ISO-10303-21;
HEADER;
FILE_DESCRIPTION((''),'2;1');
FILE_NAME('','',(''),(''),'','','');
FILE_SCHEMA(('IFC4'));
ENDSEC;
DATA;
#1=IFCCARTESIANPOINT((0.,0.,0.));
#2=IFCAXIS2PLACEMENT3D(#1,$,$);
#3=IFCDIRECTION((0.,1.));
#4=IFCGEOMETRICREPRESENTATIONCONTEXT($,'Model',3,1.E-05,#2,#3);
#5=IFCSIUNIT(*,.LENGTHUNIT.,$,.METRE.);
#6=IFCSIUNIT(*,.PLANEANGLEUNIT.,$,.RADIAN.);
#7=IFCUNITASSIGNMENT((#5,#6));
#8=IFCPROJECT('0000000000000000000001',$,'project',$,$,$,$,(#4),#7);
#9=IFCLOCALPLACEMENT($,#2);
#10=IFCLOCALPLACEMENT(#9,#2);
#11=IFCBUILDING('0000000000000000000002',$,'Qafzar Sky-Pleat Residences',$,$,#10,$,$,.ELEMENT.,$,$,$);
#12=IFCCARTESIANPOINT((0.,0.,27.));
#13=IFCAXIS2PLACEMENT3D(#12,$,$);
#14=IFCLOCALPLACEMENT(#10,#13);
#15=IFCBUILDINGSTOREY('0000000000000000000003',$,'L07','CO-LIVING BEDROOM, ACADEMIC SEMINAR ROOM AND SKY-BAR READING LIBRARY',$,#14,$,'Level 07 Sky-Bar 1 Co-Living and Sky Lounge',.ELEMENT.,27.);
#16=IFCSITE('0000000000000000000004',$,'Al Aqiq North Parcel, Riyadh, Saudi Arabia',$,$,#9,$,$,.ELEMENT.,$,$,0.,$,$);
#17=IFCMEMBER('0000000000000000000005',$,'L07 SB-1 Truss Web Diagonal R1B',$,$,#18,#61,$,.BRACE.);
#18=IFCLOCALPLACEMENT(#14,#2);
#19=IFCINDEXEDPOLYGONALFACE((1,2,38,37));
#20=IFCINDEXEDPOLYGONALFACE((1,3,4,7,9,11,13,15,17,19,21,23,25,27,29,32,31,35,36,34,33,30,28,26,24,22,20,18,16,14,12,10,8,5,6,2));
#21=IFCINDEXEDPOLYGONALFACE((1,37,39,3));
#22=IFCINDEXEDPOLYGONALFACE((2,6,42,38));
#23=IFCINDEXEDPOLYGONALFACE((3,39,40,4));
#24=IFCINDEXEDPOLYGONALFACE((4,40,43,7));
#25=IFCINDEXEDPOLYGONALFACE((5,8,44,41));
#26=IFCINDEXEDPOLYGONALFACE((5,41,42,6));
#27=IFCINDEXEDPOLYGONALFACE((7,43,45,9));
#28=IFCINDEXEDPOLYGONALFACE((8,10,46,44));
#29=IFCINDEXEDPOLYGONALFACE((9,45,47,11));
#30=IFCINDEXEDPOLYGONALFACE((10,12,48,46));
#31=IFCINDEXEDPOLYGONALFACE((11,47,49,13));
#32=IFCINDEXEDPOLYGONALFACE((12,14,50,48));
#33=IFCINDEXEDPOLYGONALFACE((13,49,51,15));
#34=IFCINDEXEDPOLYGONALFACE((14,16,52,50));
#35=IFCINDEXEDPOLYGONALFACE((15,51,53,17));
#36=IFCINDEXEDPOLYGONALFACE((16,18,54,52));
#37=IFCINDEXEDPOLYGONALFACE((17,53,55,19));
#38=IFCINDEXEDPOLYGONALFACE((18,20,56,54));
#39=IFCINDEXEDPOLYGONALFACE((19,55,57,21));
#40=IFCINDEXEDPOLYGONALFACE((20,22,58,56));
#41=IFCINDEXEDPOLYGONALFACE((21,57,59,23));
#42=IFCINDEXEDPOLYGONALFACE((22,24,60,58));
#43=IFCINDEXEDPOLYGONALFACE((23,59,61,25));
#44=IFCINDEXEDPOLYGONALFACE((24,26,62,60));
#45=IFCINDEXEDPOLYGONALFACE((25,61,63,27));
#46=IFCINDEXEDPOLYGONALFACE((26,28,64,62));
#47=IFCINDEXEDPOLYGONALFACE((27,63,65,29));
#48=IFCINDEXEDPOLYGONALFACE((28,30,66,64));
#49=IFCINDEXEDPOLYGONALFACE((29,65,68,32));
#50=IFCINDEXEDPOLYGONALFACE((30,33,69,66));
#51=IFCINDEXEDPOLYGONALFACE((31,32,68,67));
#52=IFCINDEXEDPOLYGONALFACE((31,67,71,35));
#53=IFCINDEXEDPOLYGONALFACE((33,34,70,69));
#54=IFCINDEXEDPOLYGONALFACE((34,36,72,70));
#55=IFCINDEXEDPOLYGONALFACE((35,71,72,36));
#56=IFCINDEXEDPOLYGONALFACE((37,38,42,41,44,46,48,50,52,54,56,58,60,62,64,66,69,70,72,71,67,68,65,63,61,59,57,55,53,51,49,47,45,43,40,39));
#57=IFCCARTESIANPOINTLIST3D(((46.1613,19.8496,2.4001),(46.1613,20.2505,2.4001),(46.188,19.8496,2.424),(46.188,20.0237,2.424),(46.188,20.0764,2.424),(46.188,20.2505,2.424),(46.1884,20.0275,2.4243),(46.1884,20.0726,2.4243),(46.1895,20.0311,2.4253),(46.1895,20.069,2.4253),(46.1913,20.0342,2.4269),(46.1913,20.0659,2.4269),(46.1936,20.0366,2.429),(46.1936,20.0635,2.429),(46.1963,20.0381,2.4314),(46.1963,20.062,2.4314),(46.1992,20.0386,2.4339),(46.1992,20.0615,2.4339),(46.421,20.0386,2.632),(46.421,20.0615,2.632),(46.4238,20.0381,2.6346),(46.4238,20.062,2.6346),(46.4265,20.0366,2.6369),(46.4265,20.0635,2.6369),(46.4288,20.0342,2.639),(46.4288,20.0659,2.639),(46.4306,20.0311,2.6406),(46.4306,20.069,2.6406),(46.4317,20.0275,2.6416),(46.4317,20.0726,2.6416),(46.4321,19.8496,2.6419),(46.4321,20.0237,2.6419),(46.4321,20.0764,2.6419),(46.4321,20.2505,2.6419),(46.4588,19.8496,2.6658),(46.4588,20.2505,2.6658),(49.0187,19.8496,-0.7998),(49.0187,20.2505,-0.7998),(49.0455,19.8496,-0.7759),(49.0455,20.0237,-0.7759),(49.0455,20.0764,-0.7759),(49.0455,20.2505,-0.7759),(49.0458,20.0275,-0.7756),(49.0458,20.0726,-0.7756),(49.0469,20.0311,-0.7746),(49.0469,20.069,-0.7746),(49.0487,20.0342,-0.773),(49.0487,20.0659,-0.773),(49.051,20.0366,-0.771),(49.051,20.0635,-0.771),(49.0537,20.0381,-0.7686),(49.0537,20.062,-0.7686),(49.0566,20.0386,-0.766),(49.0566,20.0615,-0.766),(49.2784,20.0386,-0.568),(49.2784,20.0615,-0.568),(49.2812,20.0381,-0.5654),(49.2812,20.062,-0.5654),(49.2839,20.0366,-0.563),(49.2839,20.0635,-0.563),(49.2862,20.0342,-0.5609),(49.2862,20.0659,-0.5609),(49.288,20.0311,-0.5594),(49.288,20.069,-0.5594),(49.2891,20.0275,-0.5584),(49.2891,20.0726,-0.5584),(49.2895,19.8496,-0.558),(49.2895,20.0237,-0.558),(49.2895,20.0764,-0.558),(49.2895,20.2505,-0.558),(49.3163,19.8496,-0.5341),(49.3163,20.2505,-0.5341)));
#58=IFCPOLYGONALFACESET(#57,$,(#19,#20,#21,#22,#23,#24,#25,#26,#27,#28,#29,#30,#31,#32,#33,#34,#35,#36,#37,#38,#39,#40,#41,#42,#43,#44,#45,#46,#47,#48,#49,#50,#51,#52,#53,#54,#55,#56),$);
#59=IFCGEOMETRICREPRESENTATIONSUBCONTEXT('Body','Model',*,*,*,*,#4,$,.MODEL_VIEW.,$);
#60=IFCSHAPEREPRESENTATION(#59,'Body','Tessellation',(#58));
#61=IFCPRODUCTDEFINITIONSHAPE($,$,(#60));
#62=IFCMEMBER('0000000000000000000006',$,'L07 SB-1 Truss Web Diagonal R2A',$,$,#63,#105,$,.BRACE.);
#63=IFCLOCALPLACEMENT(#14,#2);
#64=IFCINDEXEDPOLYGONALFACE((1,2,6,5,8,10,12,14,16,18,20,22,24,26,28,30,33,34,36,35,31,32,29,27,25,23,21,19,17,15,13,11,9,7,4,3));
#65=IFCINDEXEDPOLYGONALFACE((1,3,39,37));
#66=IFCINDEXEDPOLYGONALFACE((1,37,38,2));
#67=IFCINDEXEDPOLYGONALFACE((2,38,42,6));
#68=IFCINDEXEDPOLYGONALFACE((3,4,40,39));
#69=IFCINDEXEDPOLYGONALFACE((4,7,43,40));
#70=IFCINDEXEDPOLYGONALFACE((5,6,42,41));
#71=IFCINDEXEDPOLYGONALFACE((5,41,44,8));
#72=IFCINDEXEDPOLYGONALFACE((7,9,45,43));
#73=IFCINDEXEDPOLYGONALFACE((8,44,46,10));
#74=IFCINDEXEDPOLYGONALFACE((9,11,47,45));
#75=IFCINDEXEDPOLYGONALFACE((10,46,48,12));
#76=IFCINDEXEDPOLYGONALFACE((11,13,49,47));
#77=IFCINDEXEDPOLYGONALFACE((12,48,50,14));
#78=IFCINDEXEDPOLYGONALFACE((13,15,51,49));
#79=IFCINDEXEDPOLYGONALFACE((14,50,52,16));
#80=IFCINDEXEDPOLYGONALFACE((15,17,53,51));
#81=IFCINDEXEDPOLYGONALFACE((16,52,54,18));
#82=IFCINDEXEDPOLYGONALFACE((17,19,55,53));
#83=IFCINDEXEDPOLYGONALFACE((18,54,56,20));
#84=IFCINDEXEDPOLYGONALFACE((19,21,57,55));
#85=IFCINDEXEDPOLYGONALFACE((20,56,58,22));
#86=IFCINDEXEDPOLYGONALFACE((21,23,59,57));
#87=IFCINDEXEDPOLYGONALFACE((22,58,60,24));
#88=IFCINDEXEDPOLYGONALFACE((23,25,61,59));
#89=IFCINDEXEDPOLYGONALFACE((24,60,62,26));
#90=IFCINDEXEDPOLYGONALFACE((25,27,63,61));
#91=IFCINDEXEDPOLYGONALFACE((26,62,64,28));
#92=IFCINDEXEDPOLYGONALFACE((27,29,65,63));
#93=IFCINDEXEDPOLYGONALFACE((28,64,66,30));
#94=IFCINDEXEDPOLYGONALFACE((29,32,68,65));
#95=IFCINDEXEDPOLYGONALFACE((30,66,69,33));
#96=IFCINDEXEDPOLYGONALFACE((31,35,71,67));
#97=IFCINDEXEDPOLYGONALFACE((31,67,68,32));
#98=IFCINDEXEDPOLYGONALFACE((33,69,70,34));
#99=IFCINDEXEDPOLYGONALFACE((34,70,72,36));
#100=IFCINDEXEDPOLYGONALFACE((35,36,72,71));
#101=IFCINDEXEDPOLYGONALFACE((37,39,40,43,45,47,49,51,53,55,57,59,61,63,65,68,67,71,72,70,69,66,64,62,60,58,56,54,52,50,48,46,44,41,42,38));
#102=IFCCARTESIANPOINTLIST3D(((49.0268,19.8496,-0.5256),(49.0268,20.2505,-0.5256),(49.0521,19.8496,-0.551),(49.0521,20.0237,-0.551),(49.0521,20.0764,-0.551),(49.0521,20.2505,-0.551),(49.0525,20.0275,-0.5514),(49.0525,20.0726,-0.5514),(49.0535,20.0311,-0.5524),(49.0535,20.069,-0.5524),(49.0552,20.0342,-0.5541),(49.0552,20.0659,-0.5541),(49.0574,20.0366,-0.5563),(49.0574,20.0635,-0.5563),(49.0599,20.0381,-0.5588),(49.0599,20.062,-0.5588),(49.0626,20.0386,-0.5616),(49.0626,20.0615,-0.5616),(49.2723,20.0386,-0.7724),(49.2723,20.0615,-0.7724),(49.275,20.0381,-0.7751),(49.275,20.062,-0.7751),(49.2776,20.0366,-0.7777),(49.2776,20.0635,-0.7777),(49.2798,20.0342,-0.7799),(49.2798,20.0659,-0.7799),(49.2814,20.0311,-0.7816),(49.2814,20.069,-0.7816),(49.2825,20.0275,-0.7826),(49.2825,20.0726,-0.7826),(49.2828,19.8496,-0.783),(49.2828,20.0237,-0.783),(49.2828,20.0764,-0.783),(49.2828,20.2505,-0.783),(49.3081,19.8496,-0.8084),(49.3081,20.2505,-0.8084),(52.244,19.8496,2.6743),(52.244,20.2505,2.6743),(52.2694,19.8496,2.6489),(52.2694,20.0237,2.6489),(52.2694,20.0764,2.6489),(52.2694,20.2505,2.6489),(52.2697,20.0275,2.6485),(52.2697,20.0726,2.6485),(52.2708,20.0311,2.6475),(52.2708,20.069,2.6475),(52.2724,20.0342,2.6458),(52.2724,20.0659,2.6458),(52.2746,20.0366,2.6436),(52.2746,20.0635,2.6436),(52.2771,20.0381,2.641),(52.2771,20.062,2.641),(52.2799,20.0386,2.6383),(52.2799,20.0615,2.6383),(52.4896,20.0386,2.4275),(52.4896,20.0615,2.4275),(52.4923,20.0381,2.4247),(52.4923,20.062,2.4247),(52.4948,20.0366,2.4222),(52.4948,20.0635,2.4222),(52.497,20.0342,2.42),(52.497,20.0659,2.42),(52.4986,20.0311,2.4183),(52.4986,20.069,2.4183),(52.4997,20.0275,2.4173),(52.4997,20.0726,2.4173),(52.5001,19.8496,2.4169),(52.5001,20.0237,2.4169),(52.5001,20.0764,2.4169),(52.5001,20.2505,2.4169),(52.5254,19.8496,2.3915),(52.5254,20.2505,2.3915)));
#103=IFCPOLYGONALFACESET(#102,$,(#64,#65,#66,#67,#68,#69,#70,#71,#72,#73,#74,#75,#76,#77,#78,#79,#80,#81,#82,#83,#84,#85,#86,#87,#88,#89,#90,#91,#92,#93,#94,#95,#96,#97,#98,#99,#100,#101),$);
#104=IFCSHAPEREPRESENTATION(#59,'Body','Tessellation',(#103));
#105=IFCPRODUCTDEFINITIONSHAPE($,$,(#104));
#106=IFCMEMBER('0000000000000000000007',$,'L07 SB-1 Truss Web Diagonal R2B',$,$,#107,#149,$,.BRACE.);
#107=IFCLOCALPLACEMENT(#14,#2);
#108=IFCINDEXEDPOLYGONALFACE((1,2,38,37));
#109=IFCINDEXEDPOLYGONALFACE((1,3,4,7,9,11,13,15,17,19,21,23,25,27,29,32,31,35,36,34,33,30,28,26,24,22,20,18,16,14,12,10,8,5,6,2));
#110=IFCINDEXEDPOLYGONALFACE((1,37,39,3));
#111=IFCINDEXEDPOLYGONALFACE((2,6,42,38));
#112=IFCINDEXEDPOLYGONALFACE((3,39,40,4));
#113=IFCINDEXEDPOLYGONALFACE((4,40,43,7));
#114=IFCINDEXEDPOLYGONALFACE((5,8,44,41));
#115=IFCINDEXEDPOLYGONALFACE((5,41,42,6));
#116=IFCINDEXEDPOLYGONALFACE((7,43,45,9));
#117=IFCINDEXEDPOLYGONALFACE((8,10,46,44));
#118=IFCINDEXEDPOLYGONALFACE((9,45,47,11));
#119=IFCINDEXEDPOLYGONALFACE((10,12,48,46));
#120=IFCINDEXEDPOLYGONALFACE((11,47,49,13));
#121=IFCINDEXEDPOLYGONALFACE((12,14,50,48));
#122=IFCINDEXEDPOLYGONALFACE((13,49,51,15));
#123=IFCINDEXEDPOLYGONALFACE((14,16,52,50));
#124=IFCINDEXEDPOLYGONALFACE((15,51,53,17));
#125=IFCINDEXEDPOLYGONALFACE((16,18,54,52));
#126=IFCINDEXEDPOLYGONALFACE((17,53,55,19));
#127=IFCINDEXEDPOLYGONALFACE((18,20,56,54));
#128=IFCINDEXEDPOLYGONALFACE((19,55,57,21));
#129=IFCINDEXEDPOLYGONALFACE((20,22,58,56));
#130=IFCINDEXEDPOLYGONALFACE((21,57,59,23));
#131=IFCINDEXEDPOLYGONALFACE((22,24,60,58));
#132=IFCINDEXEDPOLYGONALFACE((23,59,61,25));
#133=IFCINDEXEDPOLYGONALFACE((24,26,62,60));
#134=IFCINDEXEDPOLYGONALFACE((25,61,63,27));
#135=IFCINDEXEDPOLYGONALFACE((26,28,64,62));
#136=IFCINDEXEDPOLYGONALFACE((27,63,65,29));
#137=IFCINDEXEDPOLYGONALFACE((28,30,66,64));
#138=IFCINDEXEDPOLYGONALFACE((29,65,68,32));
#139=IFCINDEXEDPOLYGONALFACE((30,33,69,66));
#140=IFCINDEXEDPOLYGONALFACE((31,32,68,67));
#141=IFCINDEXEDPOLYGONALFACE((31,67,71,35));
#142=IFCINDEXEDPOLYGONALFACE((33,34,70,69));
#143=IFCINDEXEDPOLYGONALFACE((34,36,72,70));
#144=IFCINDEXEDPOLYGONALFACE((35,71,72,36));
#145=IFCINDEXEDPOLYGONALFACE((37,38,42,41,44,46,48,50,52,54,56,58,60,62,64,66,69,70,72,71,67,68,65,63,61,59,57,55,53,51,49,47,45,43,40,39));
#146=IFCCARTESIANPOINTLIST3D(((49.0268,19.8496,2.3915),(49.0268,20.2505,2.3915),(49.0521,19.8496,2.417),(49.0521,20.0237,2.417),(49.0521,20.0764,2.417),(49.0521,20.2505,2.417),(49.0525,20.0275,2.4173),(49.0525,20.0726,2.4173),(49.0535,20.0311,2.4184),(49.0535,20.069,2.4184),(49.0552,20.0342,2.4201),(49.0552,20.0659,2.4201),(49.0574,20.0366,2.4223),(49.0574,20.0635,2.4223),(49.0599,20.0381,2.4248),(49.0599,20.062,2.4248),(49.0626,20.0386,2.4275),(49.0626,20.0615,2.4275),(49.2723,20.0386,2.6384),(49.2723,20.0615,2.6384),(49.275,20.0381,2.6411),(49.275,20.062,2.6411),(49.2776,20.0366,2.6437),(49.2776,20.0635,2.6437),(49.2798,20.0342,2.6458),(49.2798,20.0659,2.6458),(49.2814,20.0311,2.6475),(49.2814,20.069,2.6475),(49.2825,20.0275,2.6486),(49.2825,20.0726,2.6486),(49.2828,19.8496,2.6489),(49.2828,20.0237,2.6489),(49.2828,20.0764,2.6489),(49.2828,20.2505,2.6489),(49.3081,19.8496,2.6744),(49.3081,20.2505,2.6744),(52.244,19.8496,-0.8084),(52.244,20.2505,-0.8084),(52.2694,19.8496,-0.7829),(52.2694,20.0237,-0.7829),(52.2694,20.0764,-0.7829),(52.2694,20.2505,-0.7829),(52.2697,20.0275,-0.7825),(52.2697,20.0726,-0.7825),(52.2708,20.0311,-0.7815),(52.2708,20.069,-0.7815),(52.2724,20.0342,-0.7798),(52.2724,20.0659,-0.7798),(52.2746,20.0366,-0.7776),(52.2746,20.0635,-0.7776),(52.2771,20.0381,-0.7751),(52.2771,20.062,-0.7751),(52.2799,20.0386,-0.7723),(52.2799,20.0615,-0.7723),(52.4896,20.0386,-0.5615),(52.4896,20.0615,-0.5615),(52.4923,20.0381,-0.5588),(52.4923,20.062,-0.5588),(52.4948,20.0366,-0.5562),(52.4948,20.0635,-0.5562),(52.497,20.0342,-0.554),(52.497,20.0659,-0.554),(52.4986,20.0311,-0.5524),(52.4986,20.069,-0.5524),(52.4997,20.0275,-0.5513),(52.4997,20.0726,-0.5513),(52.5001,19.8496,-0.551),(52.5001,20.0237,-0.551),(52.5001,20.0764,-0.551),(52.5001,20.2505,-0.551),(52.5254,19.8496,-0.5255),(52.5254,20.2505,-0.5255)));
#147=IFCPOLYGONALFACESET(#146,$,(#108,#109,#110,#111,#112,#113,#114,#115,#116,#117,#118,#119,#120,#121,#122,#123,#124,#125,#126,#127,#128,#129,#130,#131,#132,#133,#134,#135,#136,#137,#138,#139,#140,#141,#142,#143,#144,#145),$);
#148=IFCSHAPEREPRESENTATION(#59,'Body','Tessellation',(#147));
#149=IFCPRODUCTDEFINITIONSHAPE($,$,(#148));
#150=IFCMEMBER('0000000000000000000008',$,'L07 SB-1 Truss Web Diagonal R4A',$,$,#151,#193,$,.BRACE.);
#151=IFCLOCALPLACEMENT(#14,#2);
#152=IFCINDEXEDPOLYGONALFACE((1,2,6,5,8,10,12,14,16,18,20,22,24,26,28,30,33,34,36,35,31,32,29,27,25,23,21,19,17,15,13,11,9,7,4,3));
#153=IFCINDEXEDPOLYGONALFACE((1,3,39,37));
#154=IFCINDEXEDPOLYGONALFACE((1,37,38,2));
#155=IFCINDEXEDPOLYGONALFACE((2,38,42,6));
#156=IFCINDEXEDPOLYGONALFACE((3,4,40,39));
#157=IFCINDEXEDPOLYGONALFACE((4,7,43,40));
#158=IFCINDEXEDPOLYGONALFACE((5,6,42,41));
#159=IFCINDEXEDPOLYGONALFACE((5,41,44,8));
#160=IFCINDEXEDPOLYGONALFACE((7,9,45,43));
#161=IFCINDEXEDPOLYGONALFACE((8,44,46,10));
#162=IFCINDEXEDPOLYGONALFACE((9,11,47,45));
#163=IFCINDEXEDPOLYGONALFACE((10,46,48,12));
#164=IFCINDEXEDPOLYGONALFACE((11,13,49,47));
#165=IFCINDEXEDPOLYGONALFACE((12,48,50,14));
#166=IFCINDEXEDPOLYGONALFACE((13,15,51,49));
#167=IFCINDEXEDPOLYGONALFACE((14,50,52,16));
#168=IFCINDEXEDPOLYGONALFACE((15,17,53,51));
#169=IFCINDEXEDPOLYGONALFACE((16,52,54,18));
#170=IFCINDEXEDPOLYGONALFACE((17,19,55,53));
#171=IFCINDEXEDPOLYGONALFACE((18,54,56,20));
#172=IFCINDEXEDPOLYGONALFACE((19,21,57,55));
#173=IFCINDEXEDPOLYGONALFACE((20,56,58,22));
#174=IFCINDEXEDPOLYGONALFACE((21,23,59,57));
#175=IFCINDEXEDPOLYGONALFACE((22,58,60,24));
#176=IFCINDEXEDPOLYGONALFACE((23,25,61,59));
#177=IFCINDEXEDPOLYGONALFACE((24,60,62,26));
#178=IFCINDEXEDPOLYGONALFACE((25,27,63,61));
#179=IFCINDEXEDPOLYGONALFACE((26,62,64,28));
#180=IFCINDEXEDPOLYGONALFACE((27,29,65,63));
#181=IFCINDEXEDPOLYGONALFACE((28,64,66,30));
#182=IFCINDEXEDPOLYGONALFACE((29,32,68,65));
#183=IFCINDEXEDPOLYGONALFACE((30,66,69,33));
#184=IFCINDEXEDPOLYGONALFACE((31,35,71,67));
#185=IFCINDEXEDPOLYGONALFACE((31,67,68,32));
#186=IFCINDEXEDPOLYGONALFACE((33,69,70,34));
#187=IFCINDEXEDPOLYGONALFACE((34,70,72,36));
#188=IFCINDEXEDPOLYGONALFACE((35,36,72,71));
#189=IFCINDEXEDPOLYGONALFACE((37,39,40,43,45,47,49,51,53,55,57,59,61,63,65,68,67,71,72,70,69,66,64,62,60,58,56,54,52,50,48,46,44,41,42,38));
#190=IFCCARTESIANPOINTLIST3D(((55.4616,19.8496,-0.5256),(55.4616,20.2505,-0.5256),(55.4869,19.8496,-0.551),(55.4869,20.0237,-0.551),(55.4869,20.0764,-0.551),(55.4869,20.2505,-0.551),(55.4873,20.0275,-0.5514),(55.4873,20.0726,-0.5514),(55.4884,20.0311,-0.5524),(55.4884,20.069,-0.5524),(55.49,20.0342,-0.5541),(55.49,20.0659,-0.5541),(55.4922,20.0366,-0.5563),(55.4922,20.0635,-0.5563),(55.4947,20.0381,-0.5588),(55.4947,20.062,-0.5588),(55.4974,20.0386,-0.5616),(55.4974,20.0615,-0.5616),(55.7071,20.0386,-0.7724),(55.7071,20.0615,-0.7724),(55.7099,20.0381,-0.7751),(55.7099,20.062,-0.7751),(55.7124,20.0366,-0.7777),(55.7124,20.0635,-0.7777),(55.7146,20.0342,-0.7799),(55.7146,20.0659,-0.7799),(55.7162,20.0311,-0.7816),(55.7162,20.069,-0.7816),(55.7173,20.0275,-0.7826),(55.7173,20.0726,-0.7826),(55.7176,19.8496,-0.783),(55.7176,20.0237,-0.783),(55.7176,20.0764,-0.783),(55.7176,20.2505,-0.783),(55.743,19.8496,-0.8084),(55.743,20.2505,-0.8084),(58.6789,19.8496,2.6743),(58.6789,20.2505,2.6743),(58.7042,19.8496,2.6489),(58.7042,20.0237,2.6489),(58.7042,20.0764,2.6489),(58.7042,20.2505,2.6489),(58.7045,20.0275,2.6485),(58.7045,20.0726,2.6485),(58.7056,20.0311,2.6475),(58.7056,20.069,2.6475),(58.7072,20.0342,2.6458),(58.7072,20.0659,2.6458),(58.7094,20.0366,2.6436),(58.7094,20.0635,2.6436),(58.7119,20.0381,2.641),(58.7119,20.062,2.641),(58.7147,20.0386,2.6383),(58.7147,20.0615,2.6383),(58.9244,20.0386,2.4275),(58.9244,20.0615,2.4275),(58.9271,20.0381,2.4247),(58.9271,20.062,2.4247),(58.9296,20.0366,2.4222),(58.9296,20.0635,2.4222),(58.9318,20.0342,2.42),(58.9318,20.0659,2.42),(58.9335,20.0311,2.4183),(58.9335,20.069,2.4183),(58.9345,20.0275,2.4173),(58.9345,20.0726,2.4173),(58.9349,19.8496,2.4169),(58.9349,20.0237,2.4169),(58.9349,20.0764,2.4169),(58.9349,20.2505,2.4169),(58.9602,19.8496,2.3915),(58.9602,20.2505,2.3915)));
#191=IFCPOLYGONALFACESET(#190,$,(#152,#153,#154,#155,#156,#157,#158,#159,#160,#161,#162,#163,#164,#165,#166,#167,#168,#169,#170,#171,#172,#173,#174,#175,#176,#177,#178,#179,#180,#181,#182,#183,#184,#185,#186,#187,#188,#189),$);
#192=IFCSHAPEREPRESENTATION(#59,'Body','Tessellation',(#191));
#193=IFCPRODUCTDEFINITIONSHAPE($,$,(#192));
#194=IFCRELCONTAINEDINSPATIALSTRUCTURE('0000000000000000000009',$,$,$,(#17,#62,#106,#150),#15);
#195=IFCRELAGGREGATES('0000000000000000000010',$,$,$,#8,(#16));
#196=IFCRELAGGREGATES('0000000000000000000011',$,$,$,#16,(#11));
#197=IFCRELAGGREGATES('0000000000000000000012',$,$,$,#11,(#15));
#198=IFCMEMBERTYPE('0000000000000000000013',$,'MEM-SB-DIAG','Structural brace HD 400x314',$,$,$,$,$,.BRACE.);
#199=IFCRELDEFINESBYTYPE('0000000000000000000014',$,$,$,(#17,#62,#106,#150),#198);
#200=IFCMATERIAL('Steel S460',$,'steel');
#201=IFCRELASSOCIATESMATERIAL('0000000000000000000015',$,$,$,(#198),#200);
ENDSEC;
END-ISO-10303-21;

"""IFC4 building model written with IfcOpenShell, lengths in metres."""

from ifc_helpers import new_model, si_unit, direction, frame, origin, origin_2d, place, context, subcontext, project, spatial, i_section, extrude, source, transform, mapped, material, material_profile, profile_set, type_object, element, save


model = new_model("IFC4")

# Units and contexts
model_context = context("Model", 3, precision=1e-05, world=origin(), true_north=direction((0.0, 1.0)))
body_context = subcontext(model_context, "Body", "Model", "MODEL_VIEW")
ifc_project = project(units=[si_unit("LENGTHUNIT", "METRE"), si_unit("PLANEANGLEUNIT", "RADIAN")], contexts=[model_context])

# Site, building, storey
site_placement = place(None, origin())
site = spatial("IfcSite", under=ifc_project, at=site_placement, Name="Al Aqiq North Parcel, Riyadh, Saudi Arabia", CompositionType="ELEMENT", RefElevation=0.0)
building_placement = place(site_placement, origin())
building = spatial("IfcBuilding", under=site, at=building_placement, Name="Qafzar Sky-Pleat Residences", CompositionType="ELEMENT")
storey_placement = place(building_placement, frame((0.0, 0.0, 27.0)))
storey = spatial("IfcBuildingStorey", under=building, at=storey_placement, Name="L07", Description="CO-LIVING BEDROOM, ACADEMIC SEMINAR ROOM AND SKY-BAR READING LIBRARY", LongName="Level 07 Sky-Bar 1 Co-Living and Sky Lounge", CompositionType="ELEMENT", Elevation=27.0)

# Shared definitions
ifc_material_1 = material(Name="Steel S460", Category="steel")

# Members
ifc_material_profile_1 = material_profile(ifc_material_1, i_section(OverallWidth=0.4009, OverallDepth=0.3989, WebThickness=0.0229, FlangeThickness=0.0359, FilletRadius=0.0149, at=origin_2d()), Name="HD 400x314")
ifc_profile_set_1 = profile_set([ifc_material_profile_1], Name="Steel S460")
member_type = type_object("IfcMemberType", Name="MEM-SB-DIAG", Description="Structural brace HD 400x314", PredefinedType="BRACE", material=ifc_profile_set_1)
shared_shape_1 = source(origin(), body_context, "Body", "SweptSolid", [
    extrude(i_section(OverallWidth=0.4009, OverallDepth=0.3989, WebThickness=0.0229, FlangeThickness=0.0359, FilletRadius=0.0149, at=origin_2d()), origin(), (0.0, 0.0, 1.0), 4.29),
])
for number, where, z_axis, x_axis, name in (
    (1, (46.3101, 20.05, 2.533), (0.666058, 0.0, -0.7459), (0.0, 1.0, 0.0), "L07 SB-1 Truss Web Diagonal R1B"),
):
    element("IfcMember", number, at=place(storey_placement, frame(where, z_axis=z_axis, x_axis=x_axis)), inside=storey, type_object=member_type, Name=name, PredefinedType="BRACE", context=body_context, shape_type="MappedRepresentation", body=[
        mapped(shared_shape_1, transform((0.0, 0.0, 0.0), x_axis=(1.0, 0.0, 0.0), y_axis=(0.0, 1.0, 0.0), z_axis=(0.0, 0.0, 1.0), scale=1.0)),
    ])
shared_shape_2 = source(origin(), body_context, "Body", "SweptSolid", [
    extrude(i_section(OverallWidth=0.4009, OverallDepth=0.3989, WebThickness=0.0229, FlangeThickness=0.0359, FilletRadius=0.0149, at=origin_2d()), origin(), (0.0, 0.0, 1.0), 4.5376),
])
for number, where, z_axis, x_axis, name in (
    (2, (49.1675, 20.05, -0.667), (0.709014, 0.0, 0.705194), (0.0, 1.0, 0.0), "L07 SB-1 Truss Web Diagonal R2A"),
    (3, (49.1675, 20.05, 2.533), (0.709014, 0.0, -0.705194), (0.0, 1.0, 0.0), "L07 SB-1 Truss Web Diagonal R2B"),
    (4, (55.6023, 20.05, -0.667), (0.709014, 0.0, 0.705194), (0.0, 1.0, 0.0), "L07 SB-1 Truss Web Diagonal R4A"),
):
    element("IfcMember", number, at=place(storey_placement, frame(where, z_axis=z_axis, x_axis=x_axis)), inside=storey, type_object=member_type, Name=name, PredefinedType="BRACE", context=body_context, shape_type="MappedRepresentation", body=[
        mapped(shared_shape_2, transform((0.0, 0.0, 0.0), x_axis=(1.0, 0.0, 0.0), y_axis=(0.0, 1.0, 0.0), z_axis=(0.0, 0.0, 1.0), scale=1.0)),
    ])

save(model, "model.ifc")
